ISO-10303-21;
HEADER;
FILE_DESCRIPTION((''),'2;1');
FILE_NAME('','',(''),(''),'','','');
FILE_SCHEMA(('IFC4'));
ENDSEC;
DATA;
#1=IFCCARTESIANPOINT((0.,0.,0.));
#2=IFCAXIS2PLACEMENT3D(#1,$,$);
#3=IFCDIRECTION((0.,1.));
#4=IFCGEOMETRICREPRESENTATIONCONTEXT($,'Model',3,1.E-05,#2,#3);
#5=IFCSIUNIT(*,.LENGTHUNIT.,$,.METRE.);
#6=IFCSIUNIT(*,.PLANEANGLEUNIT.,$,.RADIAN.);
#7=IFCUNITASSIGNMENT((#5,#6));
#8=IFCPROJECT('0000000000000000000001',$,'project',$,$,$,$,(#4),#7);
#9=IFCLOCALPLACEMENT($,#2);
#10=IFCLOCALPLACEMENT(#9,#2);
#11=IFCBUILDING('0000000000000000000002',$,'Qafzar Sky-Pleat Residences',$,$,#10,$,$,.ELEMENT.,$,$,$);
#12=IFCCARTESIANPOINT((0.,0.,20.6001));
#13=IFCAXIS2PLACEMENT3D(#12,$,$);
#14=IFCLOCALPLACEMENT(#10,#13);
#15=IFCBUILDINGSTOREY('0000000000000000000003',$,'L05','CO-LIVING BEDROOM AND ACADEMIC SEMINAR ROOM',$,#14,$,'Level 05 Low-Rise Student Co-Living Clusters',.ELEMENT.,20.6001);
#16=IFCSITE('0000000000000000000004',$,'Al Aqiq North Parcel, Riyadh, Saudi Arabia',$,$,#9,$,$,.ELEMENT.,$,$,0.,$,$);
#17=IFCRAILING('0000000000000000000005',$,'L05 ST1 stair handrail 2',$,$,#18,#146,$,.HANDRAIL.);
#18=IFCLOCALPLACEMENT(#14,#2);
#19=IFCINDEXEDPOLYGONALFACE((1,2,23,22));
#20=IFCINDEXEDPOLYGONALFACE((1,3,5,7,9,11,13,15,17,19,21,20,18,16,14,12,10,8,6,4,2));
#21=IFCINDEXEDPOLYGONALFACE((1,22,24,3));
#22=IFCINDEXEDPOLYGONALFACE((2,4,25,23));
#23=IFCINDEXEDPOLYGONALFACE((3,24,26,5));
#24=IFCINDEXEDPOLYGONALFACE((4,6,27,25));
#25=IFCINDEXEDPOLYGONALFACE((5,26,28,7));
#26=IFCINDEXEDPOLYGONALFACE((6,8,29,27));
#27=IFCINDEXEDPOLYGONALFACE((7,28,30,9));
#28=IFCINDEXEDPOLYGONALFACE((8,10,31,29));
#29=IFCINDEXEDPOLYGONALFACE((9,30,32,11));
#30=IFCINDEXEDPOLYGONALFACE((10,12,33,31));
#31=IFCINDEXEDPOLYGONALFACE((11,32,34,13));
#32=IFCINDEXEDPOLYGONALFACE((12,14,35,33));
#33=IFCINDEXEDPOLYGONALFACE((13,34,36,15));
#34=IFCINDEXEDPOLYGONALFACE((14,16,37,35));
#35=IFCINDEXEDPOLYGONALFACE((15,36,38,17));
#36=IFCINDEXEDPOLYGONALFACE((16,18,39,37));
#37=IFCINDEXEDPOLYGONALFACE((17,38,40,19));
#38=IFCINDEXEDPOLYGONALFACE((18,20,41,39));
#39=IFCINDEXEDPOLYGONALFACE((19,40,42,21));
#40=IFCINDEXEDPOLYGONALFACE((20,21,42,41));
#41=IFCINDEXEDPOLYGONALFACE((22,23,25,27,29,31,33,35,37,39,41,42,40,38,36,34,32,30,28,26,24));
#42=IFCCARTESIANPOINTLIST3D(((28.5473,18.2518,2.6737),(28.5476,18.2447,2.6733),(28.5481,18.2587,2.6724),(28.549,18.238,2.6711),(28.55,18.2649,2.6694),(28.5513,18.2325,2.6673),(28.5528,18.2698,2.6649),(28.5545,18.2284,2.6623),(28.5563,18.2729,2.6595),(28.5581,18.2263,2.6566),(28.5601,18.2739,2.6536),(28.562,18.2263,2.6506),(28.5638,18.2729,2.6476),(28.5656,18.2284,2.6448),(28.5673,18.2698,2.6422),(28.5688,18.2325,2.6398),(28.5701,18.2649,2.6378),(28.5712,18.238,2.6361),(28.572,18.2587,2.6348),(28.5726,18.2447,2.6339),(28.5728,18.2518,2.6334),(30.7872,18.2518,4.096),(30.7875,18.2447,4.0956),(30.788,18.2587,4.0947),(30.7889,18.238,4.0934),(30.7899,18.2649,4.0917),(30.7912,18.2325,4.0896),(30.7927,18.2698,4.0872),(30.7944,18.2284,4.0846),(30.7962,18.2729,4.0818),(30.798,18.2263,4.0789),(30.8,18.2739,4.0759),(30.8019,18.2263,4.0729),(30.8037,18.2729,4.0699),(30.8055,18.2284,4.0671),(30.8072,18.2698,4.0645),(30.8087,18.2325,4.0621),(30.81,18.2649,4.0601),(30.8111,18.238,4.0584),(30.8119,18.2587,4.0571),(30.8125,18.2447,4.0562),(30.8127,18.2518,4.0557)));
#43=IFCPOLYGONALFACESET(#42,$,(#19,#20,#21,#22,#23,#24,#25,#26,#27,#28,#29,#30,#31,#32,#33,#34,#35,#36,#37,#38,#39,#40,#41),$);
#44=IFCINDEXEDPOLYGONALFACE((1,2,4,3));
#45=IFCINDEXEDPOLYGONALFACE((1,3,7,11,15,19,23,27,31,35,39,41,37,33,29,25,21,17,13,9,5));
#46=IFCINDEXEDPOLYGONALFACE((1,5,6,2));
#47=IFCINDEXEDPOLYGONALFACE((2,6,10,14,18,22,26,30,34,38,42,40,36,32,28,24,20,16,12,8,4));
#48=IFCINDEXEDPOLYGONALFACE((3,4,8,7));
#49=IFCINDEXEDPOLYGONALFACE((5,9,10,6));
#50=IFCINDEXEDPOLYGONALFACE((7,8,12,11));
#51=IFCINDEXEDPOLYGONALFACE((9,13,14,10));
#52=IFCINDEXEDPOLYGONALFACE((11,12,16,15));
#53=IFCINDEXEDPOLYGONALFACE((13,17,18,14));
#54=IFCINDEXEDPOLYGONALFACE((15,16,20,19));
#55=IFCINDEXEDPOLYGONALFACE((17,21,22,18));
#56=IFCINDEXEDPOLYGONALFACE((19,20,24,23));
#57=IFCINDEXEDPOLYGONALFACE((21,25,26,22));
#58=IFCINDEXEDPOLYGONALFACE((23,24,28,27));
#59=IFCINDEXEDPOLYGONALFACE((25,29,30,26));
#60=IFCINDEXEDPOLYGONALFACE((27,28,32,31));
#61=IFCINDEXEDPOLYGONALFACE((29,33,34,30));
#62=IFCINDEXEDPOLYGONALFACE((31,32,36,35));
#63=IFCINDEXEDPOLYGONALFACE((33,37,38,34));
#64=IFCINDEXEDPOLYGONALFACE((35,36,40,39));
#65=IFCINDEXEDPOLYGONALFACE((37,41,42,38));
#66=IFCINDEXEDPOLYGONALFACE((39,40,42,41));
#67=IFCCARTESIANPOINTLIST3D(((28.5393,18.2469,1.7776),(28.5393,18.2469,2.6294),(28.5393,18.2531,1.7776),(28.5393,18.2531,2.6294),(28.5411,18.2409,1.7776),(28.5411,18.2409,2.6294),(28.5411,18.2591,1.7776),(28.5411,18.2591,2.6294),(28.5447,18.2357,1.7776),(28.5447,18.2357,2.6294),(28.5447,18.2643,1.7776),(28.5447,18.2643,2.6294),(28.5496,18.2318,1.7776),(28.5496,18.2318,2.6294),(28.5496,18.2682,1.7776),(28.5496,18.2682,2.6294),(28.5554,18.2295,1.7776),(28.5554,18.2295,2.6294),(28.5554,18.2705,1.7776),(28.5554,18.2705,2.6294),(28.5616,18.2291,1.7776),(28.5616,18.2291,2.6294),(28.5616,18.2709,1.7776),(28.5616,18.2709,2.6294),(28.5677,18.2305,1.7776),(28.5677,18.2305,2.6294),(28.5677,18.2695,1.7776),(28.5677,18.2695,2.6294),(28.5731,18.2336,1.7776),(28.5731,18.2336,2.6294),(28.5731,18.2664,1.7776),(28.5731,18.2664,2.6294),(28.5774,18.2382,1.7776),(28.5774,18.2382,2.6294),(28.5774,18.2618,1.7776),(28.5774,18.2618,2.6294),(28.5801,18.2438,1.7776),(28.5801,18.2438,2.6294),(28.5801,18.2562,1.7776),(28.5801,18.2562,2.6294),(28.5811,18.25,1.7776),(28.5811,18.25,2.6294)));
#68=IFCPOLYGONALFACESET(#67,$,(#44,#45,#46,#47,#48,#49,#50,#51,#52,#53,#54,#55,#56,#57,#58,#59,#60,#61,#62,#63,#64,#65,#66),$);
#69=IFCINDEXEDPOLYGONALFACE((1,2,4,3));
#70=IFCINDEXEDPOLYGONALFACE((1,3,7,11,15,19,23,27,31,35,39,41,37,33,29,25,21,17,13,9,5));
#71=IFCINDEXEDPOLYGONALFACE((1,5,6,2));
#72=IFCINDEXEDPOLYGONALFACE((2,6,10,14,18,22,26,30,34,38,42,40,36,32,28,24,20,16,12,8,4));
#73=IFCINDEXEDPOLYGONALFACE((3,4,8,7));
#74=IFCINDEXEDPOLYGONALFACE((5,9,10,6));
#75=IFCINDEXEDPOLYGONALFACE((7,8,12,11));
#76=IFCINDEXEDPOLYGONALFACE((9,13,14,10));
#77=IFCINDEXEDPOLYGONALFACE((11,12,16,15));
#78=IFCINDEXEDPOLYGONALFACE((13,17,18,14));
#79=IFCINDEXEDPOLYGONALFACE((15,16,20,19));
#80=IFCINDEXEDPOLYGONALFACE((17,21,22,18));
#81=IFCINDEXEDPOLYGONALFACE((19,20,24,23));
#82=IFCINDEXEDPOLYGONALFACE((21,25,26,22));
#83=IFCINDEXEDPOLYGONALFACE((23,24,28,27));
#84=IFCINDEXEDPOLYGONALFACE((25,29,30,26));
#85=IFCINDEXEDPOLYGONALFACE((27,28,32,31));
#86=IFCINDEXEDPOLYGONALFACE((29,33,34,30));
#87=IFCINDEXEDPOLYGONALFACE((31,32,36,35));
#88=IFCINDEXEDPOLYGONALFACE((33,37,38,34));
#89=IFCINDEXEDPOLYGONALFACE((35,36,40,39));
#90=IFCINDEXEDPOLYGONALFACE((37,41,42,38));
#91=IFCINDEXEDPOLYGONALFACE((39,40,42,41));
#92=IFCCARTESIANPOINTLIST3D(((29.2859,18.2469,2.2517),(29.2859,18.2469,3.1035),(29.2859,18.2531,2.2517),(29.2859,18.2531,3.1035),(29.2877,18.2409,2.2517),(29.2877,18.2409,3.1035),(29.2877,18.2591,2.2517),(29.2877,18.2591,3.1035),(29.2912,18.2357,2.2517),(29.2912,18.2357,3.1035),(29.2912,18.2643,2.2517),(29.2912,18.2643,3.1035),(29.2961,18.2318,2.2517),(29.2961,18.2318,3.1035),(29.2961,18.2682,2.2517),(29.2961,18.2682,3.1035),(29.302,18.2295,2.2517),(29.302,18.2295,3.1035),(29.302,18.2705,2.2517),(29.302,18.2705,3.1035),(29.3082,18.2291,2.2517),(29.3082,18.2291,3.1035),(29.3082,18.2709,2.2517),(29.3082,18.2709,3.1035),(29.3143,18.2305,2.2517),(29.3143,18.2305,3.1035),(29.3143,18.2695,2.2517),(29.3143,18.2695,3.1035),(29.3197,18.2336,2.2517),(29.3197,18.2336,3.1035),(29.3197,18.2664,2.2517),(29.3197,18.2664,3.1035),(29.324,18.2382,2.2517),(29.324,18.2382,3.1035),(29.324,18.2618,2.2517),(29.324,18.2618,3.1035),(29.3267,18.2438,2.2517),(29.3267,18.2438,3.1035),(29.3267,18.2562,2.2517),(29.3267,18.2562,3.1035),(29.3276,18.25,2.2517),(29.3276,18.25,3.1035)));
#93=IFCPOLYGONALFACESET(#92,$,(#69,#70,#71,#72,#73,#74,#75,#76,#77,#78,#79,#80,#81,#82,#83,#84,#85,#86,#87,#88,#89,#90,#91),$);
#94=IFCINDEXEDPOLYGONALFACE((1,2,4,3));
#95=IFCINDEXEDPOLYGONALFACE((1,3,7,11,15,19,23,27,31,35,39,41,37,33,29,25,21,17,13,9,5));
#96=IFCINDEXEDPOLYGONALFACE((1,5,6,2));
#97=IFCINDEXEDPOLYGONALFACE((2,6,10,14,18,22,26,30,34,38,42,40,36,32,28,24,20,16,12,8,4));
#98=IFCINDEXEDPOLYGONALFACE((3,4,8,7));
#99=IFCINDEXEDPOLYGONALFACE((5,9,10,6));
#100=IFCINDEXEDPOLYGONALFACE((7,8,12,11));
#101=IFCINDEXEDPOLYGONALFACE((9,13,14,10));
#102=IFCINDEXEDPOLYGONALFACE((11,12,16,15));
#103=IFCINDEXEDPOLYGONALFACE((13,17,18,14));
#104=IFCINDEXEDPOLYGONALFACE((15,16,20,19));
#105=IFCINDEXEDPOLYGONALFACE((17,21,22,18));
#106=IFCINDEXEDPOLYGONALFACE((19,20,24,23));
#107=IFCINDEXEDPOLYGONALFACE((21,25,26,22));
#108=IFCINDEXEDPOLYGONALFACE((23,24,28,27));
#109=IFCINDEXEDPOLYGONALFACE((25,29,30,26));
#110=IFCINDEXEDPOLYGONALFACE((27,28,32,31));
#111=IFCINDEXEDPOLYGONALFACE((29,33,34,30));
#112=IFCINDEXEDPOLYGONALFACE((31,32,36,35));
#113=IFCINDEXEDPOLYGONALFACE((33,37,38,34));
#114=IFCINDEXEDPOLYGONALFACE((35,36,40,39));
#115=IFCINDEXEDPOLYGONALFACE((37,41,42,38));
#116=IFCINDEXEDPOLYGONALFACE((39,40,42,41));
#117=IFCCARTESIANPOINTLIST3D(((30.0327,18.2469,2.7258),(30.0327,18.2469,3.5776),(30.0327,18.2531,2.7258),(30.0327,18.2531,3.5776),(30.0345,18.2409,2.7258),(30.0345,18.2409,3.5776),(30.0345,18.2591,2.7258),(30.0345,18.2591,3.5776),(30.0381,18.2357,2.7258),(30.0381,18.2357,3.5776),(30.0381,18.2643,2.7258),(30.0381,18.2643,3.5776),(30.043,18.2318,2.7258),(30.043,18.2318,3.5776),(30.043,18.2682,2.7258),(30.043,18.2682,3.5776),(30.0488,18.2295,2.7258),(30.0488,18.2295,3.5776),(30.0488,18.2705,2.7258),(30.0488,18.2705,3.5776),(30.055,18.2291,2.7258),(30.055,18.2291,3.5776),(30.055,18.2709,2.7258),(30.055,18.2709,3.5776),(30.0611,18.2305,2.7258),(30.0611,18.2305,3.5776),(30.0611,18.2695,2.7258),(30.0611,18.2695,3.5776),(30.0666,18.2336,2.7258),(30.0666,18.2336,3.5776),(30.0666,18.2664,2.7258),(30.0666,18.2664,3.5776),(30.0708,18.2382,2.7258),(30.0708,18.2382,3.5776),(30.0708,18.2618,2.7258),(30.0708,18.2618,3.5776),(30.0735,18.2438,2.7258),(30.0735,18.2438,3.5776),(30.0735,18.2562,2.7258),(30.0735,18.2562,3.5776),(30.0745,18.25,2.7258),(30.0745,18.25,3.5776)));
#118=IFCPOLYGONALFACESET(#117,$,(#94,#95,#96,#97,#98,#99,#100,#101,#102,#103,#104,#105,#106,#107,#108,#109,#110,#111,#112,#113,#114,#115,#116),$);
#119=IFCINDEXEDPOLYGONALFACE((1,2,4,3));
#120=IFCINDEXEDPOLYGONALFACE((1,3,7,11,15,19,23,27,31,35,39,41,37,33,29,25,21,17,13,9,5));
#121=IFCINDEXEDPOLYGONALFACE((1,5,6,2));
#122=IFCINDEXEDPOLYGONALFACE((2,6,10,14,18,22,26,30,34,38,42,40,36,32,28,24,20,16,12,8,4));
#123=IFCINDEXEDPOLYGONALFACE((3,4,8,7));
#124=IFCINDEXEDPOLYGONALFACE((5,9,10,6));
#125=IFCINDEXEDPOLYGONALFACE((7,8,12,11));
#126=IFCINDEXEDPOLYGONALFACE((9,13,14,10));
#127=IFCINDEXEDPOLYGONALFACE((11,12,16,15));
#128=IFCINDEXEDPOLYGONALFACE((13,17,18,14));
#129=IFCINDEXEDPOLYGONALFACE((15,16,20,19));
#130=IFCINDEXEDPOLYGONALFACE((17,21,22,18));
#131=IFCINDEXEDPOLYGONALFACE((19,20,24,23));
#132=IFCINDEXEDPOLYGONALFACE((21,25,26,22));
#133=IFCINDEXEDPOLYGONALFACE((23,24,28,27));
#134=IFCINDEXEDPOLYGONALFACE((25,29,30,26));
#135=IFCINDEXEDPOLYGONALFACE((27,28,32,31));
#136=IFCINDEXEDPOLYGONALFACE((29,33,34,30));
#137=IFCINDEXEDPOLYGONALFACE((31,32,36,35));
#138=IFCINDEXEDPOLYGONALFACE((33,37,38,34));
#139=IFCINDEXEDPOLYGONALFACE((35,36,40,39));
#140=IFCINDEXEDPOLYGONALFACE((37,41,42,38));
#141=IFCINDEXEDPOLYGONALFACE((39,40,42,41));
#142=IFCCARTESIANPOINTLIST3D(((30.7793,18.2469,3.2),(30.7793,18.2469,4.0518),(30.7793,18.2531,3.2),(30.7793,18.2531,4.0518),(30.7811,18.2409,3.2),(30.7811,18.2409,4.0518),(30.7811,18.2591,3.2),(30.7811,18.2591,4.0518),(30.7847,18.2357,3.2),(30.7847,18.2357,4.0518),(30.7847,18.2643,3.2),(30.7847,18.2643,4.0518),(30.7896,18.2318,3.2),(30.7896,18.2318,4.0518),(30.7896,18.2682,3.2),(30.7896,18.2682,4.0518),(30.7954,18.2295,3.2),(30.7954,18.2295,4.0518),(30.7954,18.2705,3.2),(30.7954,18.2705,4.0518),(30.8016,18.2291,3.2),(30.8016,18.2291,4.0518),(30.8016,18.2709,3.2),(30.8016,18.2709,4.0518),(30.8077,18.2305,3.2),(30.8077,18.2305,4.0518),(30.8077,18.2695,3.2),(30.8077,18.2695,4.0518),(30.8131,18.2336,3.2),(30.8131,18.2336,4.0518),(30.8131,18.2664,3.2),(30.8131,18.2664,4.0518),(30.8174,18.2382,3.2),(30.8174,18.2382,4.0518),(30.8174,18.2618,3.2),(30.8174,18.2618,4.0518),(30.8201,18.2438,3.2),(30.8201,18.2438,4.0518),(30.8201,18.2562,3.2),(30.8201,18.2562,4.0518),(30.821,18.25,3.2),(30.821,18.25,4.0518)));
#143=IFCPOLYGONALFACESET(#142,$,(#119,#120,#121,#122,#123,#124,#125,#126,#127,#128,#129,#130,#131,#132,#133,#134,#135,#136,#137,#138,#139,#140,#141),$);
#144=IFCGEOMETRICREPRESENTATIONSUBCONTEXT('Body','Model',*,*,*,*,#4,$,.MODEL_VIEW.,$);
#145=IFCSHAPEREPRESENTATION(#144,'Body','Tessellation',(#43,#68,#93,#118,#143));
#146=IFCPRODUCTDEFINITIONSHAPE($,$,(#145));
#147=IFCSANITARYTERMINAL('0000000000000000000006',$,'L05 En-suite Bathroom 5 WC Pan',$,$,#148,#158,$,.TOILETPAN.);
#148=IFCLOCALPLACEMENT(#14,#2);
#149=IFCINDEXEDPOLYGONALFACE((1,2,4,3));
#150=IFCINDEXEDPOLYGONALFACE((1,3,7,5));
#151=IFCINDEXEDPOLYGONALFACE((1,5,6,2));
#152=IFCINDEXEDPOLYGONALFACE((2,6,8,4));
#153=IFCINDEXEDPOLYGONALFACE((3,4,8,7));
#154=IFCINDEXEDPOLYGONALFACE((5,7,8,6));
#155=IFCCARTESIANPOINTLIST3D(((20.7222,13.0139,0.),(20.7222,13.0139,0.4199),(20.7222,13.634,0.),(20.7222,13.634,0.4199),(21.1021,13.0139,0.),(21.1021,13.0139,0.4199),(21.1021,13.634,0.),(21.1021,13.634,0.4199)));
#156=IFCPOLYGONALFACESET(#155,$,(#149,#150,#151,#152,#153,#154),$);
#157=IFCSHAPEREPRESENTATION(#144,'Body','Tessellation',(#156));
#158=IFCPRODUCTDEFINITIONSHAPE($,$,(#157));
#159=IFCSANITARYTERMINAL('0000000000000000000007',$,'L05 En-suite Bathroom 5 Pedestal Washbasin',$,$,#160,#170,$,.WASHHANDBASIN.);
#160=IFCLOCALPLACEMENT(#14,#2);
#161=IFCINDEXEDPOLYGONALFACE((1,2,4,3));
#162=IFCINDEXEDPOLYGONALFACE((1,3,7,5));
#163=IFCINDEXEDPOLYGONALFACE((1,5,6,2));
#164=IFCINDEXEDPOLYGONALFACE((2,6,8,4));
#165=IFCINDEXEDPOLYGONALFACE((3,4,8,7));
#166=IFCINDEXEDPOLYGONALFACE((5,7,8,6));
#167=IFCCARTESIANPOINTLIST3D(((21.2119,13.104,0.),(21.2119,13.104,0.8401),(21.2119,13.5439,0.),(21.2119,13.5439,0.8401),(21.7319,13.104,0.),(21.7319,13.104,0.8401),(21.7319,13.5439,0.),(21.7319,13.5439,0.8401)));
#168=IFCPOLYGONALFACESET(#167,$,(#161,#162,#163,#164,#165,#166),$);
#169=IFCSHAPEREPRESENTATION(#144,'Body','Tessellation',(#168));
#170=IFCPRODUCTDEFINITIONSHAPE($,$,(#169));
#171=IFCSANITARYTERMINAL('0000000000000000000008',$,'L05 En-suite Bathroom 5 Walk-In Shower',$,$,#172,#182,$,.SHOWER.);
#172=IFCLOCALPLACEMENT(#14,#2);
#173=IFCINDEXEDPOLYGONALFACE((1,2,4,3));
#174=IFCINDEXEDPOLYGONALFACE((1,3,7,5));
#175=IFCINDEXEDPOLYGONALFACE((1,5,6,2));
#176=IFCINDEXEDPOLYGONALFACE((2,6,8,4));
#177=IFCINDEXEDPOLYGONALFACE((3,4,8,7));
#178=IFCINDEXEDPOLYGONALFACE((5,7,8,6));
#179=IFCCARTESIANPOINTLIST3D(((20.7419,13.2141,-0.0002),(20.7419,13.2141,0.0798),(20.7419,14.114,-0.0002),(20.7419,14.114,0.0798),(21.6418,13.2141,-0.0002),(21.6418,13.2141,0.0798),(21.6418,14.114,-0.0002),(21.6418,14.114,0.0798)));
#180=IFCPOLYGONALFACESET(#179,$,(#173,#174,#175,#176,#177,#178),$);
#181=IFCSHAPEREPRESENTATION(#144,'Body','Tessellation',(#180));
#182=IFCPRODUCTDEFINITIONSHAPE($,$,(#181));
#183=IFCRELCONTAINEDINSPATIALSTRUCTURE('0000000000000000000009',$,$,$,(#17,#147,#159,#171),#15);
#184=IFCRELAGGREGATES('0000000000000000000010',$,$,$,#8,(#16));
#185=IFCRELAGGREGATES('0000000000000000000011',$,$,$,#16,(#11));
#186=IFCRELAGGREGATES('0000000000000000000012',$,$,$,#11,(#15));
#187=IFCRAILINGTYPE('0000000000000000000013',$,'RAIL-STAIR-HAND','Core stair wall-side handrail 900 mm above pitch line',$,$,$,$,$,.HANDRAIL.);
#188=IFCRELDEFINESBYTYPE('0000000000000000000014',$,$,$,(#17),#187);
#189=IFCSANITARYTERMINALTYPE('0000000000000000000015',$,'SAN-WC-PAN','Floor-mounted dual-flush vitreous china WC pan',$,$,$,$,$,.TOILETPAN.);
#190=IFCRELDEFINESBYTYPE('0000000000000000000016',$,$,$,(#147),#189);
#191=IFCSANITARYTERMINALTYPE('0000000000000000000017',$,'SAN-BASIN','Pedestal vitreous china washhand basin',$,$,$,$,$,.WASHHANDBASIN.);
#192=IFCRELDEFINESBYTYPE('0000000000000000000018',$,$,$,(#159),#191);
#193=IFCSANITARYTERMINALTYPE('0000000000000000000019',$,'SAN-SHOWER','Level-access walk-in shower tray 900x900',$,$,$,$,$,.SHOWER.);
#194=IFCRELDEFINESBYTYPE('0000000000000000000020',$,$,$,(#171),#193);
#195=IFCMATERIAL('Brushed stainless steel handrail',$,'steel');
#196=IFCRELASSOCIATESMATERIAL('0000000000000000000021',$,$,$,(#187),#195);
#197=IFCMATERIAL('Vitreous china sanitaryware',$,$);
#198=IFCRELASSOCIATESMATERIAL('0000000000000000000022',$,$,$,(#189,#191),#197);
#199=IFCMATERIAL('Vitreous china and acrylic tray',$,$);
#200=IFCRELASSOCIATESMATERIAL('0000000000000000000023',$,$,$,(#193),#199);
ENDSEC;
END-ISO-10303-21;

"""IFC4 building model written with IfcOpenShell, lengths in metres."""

from ifc_helpers import new_model, si_unit, direction, frame, origin, origin_2d, place, context, subcontext, project, spatial, rectangle, circle, extrude, source, transform, mapped, material, type_object, element, save


model = new_model("IFC4")

# Units and contexts
model_context = context("Model", 3, precision=1e-05, world=origin(), true_north=direction((0.0, 1.0)))
body_context = subcontext(model_context, "Body", "Model", "MODEL_VIEW")
ifc_project = project(units=[si_unit("LENGTHUNIT", "METRE"), si_unit("PLANEANGLEUNIT", "RADIAN")], contexts=[model_context])

# Site, building, storey
site_placement = place(None, origin())
site = spatial("IfcSite", under=ifc_project, at=site_placement, Name="Al Aqiq North Parcel, Riyadh, Saudi Arabia", CompositionType="ELEMENT", RefElevation=0.0)
building_placement = place(site_placement, origin())
building = spatial("IfcBuilding", under=site, at=building_placement, Name="Qafzar Sky-Pleat Residences", CompositionType="ELEMENT")
storey_placement = place(building_placement, frame((0.0, 0.0, 20.6001)))
storey = spatial("IfcBuildingStorey", under=building, at=storey_placement, Name="L05", Description="CO-LIVING BEDROOM AND ACADEMIC SEMINAR ROOM", LongName="Level 05 Low-Rise Student Co-Living Clusters", CompositionType="ELEMENT", Elevation=20.6001)

# Railing
ifc_material_1 = material(Name="Brushed stainless steel handrail", Category="steel")
railing_type_1 = type_object("IfcRailingType", Name="RAIL-STAIR-HAND", Description="Core stair wall-side handrail 900 mm above pitch line", PredefinedType="HANDRAIL", material=ifc_material_1)
shared_shape_1 = source(origin(), body_context, "Body", "SweptSolid", [
    extrude(circle(Radius=0.0239, at=origin_2d()), frame((0.0, 0.0, 0.876), z_axis=(0.844188, 0.0, 0.536048), x_axis=(0.0, 1.0, 0.0)), (0.0, 0.0, 1.0), 2.6533),
    extrude(circle(Radius=0.021, at=origin_2d()), origin(), (0.0, 0.0, 1.0), 0.8518),
    extrude(circle(Radius=0.021, at=origin_2d()), frame((0.7466, 0.0, 0.4741)), (0.0, 0.0, 1.0), 0.8518),
    extrude(circle(Radius=0.021, at=origin_2d()), frame((1.4934, 0.0, 0.9482)), (0.0, 0.0, 1.0), 0.8518),
    extrude(circle(Radius=0.021, at=origin_2d()), frame((2.24, 0.0, 1.4224)), (0.0, 0.0, 1.0), 0.8518),
])
railing_1_placement = place(storey_placement, frame((28.5601, 18.25, 1.7776)))
element("IfcRailing", 1, at=railing_1_placement, inside=storey, type_object=railing_type_1, Name="L05 ST1 stair handrail 2", PredefinedType="HANDRAIL", context=body_context, shape_type="MappedRepresentation", body=[
    mapped(shared_shape_1, transform((0.0, 0.0, 0.0), x_axis=(1.0, 0.0, 0.0), y_axis=(0.0, 1.0, 0.0), z_axis=(0.0, 0.0, 1.0), scale=1.0)),
])

# Sanitary terminals
ifc_material_2 = material(Name="Vitreous china sanitaryware")
sanitary_terminal_type_1 = type_object("IfcSanitaryTerminalType", Name="SAN-WC-PAN", Description="Floor-mounted dual-flush vitreous china WC pan", PredefinedType="TOILETPAN", material=ifc_material_2)
shared_shape_2 = source(origin(), body_context, "Body", "SweptSolid", [
    extrude(rectangle(XDim=0.3799, YDim=0.6201, at=origin_2d()), origin(), (0.0, 0.0, 1.0), 0.4199),
])
sanitary_terminal_1_placement = place(storey_placement, frame((20.9121, 13.324, 0.0), z_axis=(0.0, 0.0, 1.0), x_axis=(1.0, 0.0, 0.0)))
element("IfcSanitaryTerminal", 2, at=sanitary_terminal_1_placement, inside=storey, type_object=sanitary_terminal_type_1, Name="L05 En-suite Bathroom 5 WC Pan", PredefinedType="TOILETPAN", context=body_context, shape_type="MappedRepresentation", body=[
    mapped(shared_shape_2, transform((0.0, 0.0, 0.0), x_axis=(1.0, 0.0, 0.0), y_axis=(0.0, 1.0, 0.0), z_axis=(0.0, 0.0, 1.0), scale=1.0)),
])
sanitary_terminal_type_2 = type_object("IfcSanitaryTerminalType", Name="SAN-BASIN", Description="Pedestal vitreous china washhand basin", PredefinedType="WASHHANDBASIN", material=ifc_material_2)
shared_shape_3 = source(origin(), body_context, "Body", "SweptSolid", [
    extrude(rectangle(XDim=0.52, YDim=0.4399, at=origin_2d()), origin(), (0.0, 0.0, 1.0), 0.8401),
])
sanitary_terminal_2_placement = place(storey_placement, frame((21.4719, 13.324, 0.0), z_axis=(0.0, 0.0, 1.0), x_axis=(1.0, 0.0, 0.0)))
element("IfcSanitaryTerminal", 3, at=sanitary_terminal_2_placement, inside=storey, type_object=sanitary_terminal_type_2, Name="L05 En-suite Bathroom 5 Pedestal Washbasin", PredefinedType="WASHHANDBASIN", context=body_context, shape_type="MappedRepresentation", body=[
    mapped(shared_shape_3, transform((0.0, 0.0, 0.0), x_axis=(1.0, 0.0, 0.0), y_axis=(0.0, 1.0, 0.0), z_axis=(0.0, 0.0, 1.0), scale=1.0)),
])
ifc_material_3 = material(Name="Vitreous china and acrylic tray")
sanitary_terminal_type_3 = type_object("IfcSanitaryTerminalType", Name="SAN-SHOWER", Description="Level-access walk-in shower tray 900x900", PredefinedType="SHOWER", material=ifc_material_3)
shared_shape_4 = source(origin(), body_context, "Body", "SweptSolid", [
    extrude(rectangle(XDim=0.8999, YDim=0.8999, at=origin_2d()), origin(), (0.0, 0.0, 1.0), 0.0801),
])
sanitary_terminal_3_placement = place(storey_placement, frame((21.1919, 13.6641, -0.0002), z_axis=(0.0, 0.0, 1.0), x_axis=(1.0, 0.0, 0.0)))
element("IfcSanitaryTerminal", 4, at=sanitary_terminal_3_placement, inside=storey, type_object=sanitary_terminal_type_3, Name="L05 En-suite Bathroom 5 Walk-In Shower", PredefinedType="SHOWER", context=body_context, shape_type="MappedRepresentation", body=[
    mapped(shared_shape_4, transform((0.0, 0.0, 0.0), x_axis=(1.0, 0.0, 0.0), y_axis=(0.0, 1.0, 0.0), z_axis=(0.0, 0.0, 1.0), scale=1.0)),
])

save(model, "model.ifc")
